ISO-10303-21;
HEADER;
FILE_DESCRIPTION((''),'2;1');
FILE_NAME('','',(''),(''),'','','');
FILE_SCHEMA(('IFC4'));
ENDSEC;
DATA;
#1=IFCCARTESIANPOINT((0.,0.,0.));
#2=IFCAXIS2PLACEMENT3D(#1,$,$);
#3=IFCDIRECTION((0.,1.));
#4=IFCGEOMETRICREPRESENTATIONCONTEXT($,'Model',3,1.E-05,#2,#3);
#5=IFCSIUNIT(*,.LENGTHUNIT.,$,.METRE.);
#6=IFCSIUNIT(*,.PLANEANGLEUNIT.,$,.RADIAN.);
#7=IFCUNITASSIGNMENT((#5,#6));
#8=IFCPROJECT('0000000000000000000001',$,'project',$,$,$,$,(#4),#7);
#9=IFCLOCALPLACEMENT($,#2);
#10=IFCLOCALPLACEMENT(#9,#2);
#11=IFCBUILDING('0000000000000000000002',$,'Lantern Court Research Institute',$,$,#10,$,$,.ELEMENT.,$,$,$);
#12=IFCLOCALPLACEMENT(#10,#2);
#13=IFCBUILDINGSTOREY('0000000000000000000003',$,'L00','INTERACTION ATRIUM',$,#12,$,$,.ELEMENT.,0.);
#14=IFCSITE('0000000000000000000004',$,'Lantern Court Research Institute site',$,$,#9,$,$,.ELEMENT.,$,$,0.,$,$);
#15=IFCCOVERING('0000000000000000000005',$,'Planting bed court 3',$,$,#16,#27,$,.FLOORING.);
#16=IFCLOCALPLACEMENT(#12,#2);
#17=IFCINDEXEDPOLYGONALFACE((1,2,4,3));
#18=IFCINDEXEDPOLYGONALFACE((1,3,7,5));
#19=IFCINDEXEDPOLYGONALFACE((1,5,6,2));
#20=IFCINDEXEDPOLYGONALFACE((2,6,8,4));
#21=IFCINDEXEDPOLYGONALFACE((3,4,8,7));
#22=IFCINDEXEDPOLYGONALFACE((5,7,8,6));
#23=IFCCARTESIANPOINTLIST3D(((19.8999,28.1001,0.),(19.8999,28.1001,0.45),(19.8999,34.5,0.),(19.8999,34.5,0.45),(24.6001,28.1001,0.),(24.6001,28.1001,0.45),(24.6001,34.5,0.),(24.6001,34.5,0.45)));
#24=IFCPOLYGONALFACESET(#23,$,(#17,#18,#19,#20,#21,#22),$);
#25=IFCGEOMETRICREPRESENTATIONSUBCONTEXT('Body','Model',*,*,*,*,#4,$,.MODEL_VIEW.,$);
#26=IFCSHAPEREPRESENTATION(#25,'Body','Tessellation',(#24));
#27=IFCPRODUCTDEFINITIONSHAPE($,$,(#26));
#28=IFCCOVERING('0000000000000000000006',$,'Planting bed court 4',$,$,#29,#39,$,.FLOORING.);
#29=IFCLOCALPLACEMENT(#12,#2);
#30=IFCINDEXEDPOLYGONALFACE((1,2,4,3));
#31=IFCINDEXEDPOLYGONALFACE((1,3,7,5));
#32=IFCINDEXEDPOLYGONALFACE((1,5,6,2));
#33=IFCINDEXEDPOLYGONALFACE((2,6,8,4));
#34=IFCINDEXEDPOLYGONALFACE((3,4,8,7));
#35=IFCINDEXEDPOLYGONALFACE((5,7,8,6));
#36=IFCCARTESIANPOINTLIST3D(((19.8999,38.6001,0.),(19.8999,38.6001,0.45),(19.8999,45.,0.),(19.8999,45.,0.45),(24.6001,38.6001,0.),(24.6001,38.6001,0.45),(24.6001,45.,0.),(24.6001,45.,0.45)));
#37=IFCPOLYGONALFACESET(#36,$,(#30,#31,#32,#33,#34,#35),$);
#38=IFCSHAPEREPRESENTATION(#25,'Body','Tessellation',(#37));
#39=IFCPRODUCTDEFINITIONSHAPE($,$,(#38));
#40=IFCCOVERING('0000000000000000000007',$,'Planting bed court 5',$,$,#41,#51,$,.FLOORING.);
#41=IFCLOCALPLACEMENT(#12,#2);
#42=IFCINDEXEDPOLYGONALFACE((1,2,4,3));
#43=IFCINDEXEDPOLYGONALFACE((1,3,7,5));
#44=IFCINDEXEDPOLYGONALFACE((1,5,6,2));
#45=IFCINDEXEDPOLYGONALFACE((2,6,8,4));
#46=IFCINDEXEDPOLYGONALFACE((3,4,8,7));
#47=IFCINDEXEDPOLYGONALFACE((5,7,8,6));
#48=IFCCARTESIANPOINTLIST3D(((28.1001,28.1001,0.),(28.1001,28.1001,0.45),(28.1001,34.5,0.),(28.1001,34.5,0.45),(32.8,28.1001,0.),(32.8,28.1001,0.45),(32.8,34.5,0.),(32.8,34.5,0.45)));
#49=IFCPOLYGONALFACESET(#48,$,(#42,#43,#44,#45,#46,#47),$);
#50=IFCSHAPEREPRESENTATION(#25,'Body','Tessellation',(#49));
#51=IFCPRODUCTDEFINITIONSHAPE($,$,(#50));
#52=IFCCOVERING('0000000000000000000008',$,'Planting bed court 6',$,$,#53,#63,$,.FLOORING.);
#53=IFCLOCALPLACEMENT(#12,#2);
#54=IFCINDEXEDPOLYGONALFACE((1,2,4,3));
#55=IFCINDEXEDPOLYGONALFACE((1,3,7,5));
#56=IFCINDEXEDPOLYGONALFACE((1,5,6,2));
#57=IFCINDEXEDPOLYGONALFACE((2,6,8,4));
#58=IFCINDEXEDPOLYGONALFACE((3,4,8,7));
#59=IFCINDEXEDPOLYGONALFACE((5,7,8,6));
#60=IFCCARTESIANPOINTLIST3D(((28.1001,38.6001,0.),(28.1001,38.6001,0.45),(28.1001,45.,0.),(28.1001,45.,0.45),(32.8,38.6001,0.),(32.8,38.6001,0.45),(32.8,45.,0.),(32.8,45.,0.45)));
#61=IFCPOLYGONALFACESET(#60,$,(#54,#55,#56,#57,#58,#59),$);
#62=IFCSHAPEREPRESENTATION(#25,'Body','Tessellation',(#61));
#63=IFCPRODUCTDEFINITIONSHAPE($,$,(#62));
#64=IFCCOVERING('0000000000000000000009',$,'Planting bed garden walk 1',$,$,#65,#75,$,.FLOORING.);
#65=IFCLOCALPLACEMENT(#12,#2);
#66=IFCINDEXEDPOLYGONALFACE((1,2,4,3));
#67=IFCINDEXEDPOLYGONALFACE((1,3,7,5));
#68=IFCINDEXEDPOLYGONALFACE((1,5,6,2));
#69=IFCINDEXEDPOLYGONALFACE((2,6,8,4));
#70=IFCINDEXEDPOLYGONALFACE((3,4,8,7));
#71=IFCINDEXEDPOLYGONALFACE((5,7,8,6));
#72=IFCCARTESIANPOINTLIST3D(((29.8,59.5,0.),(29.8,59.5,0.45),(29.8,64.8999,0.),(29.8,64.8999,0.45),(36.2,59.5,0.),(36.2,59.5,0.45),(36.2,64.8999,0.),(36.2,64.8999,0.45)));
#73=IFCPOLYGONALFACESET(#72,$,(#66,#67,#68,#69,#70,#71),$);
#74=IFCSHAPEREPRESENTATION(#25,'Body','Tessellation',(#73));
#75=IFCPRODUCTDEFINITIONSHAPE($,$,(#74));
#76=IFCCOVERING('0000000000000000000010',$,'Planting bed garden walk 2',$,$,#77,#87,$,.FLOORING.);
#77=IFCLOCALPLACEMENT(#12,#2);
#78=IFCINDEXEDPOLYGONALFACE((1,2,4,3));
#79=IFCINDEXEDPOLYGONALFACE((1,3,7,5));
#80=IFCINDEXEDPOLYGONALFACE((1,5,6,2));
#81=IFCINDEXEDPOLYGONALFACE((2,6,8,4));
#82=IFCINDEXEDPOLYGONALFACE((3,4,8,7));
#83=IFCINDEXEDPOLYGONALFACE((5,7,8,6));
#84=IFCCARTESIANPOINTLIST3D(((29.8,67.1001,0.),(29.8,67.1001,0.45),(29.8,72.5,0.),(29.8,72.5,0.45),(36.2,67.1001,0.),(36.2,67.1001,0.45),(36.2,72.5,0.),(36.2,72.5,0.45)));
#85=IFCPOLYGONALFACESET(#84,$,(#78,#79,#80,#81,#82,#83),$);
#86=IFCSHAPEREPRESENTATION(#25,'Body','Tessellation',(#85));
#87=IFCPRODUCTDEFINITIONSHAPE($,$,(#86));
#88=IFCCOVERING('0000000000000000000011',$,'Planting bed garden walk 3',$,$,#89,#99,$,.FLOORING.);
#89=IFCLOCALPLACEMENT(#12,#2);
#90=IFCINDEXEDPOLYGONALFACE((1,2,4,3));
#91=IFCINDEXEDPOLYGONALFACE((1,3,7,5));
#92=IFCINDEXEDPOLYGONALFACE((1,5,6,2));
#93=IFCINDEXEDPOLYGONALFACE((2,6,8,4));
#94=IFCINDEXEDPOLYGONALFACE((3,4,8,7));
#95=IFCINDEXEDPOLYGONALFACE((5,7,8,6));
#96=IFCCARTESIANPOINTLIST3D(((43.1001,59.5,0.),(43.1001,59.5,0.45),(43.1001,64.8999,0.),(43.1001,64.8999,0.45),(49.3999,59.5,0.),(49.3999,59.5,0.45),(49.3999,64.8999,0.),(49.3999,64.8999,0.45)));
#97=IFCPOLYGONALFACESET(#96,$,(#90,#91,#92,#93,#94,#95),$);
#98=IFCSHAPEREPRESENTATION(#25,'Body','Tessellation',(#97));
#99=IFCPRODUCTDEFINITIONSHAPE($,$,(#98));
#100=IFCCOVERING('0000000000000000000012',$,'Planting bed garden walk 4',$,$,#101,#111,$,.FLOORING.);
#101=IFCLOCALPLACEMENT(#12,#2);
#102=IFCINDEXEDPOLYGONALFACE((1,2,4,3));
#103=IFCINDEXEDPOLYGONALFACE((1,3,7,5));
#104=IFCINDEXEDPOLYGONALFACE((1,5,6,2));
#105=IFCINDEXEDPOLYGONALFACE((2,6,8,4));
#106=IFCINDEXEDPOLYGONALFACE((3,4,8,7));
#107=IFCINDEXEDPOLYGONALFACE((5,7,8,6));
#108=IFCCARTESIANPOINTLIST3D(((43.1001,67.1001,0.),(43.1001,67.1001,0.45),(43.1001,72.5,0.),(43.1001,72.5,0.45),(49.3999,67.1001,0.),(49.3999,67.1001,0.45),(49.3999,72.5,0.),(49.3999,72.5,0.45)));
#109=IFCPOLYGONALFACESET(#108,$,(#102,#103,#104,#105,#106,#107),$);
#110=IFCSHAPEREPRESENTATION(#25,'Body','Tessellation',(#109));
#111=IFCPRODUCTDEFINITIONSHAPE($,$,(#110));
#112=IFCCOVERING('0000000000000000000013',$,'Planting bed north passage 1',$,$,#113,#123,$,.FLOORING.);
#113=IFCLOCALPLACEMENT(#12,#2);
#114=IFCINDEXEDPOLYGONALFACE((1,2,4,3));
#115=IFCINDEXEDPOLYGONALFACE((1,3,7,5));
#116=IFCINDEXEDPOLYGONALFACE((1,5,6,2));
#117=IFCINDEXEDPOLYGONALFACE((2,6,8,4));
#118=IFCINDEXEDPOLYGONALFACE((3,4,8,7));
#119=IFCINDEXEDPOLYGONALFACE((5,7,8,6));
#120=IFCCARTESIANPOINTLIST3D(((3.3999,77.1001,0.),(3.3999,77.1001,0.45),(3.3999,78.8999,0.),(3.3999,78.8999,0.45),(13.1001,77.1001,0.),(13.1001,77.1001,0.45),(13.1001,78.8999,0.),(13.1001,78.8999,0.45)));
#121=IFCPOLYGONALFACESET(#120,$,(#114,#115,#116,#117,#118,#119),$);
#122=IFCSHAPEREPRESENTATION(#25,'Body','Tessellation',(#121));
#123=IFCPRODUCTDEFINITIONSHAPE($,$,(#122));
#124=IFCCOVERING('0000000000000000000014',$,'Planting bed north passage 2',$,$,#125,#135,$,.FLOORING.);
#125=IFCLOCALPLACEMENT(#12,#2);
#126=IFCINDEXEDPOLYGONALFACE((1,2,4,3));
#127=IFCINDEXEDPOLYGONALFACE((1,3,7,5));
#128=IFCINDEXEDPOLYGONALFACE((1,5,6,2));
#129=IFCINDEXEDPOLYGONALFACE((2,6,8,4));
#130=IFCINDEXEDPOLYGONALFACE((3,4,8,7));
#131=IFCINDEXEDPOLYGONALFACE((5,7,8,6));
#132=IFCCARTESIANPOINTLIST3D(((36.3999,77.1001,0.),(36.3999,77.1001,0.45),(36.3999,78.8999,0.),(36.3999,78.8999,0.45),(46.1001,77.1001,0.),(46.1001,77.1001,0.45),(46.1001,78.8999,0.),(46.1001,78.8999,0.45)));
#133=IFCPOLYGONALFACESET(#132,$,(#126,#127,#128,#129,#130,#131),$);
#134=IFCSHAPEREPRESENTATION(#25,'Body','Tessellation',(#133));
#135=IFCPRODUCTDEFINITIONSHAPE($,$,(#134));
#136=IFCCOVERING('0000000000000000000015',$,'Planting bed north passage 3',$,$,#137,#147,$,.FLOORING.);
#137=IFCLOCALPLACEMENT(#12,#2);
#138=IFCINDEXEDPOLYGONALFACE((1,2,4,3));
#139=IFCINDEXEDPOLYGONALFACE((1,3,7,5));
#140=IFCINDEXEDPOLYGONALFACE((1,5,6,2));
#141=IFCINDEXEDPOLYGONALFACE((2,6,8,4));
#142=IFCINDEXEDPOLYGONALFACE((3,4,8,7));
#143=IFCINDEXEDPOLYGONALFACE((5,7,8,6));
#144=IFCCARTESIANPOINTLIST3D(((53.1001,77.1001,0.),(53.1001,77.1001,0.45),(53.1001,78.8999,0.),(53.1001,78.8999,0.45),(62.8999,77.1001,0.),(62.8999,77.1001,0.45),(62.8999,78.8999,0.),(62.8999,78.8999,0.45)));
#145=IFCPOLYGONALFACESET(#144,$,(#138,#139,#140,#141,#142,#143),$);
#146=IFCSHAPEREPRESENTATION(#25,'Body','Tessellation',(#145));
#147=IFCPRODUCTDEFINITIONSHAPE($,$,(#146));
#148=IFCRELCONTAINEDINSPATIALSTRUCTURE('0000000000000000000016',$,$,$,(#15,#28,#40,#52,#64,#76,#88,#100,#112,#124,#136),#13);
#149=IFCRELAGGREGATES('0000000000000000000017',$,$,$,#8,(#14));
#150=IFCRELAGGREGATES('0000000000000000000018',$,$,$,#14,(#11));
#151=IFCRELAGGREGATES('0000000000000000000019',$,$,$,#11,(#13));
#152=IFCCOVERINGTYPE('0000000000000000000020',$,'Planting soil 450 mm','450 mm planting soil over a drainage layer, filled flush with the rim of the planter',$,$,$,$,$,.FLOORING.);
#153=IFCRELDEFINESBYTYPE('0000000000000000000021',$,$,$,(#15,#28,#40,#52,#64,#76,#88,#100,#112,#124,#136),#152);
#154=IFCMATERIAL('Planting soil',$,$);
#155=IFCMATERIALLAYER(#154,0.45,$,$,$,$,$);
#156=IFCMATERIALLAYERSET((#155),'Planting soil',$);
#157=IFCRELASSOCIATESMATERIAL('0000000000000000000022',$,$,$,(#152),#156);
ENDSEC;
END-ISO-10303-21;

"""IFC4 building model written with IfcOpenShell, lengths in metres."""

from ifc_helpers import new_model, si_unit, direction, origin, place, context, subcontext, project, spatial, polyline, outline, extrude, material, layer, layer_set, type_object, element, save


model = new_model("IFC4")

# Units and contexts
model_context = context("Model", 3, precision=1e-05, world=origin(), true_north=direction((0.0, 1.0)))
body_context = subcontext(model_context, "Body", "Model", "MODEL_VIEW")
ifc_project = project(units=[si_unit("LENGTHUNIT", "METRE"), si_unit("PLANEANGLEUNIT", "RADIAN")], contexts=[model_context])

# Site, building, storey
site_placement = place(None, origin())
site = spatial("IfcSite", under=ifc_project, at=site_placement, Name="Lantern Court Research Institute site", CompositionType="ELEMENT", RefElevation=0.0)
building_placement = place(site_placement, origin())
building = spatial("IfcBuilding", under=site, at=building_placement, Name="Lantern Court Research Institute", CompositionType="ELEMENT")
storey_placement = place(building_placement, origin())
storey = spatial("IfcBuildingStorey", under=building, at=storey_placement, Name="L00", Description="INTERACTION ATRIUM", CompositionType="ELEMENT", Elevation=0.0)

# Coverings
ifc_material_1 = material(Name="Planting soil")
ifc_layer_1 = layer(ifc_material_1, 0.45)
ifc_layer_set_1 = layer_set([ifc_layer_1], Name="Planting soil")
covering_type_1 = type_object("IfcCoveringType", Name="Planting soil 450 mm", Description="450 mm planting soil over a drainage layer, filled flush with the rim of the planter", PredefinedType="FLOORING", material=ifc_layer_set_1)
covering_1_placement = place(storey_placement, origin())
element("IfcCovering", 1, at=covering_1_placement, inside=storey, type_object=covering_type_1, Name="Planting bed court 3", PredefinedType="FLOORING", context=body_context, shape_type="SweptSolid", body=[
    extrude(outline(polyline([(19.8999, 28.1001), (24.6001, 28.1001), (24.6001, 34.5), (19.8999, 34.5), (19.8999, 28.1001)])), origin(), (0.0, 0.0, 1.0), 0.45),
])
covering_2_placement = place(storey_placement, origin())
element("IfcCovering", 2, at=covering_2_placement, inside=storey, type_object=covering_type_1, Name="Planting bed court 4", PredefinedType="FLOORING", context=body_context, shape_type="SweptSolid", body=[
    extrude(outline(polyline([(19.8999, 38.6001), (24.6001, 38.6001), (24.6001, 45.0), (19.8999, 45.0), (19.8999, 38.6001)])), origin(), (0.0, 0.0, 1.0), 0.45),
])
covering_3_placement = place(storey_placement, origin())
element("IfcCovering", 3, at=covering_3_placement, inside=storey, type_object=covering_type_1, Name="Planting bed court 5", PredefinedType="FLOORING", context=body_context, shape_type="SweptSolid", body=[
    extrude(outline(polyline([(28.1001, 28.1001), (32.8, 28.1001), (32.8, 34.5), (28.1001, 34.5), (28.1001, 28.1001)])), origin(), (0.0, 0.0, 1.0), 0.45),
])
covering_4_placement = place(storey_placement, origin())
element("IfcCovering", 4, at=covering_4_placement, inside=storey, type_object=covering_type_1, Name="Planting bed court 6", PredefinedType="FLOORING", context=body_context, shape_type="SweptSolid", body=[
    extrude(outline(polyline([(28.1001, 38.6001), (32.8, 38.6001), (32.8, 45.0), (28.1001, 45.0), (28.1001, 38.6001)])), origin(), (0.0, 0.0, 1.0), 0.45),
])
covering_5_placement = place(storey_placement, origin())
element("IfcCovering", 5, at=covering_5_placement, inside=storey, type_object=covering_type_1, Name="Planting bed garden walk 1", PredefinedType="FLOORING", context=body_context, shape_type="SweptSolid", body=[
    extrude(outline(polyline([(29.8, 59.5), (36.2, 59.5), (36.2, 64.8999), (29.8, 64.8999), (29.8, 59.5)])), origin(), (0.0, 0.0, 1.0), 0.45),
])
covering_6_placement = place(storey_placement, origin())
element("IfcCovering", 6, at=covering_6_placement, inside=storey, type_object=covering_type_1, Name="Planting bed garden walk 2", PredefinedType="FLOORING", context=body_context, shape_type="SweptSolid", body=[
    extrude(outline(polyline([(29.8, 67.1001), (36.2, 67.1001), (36.2, 72.5), (29.8, 72.5), (29.8, 67.1001)])), origin(), (0.0, 0.0, 1.0), 0.45),
])
covering_7_placement = place(storey_placement, origin())
element("IfcCovering", 7, at=covering_7_placement, inside=storey, type_object=covering_type_1, Name="Planting bed garden walk 3", PredefinedType="FLOORING", context=body_context, shape_type="SweptSolid", body=[
    extrude(outline(polyline([(43.1001, 59.5), (49.3999, 59.5), (49.3999, 64.8999), (43.1001, 64.8999), (43.1001, 59.5)])), origin(), (0.0, 0.0, 1.0), 0.45),
])
covering_8_placement = place(storey_placement, origin())
element("IfcCovering", 8, at=covering_8_placement, inside=storey, type_object=covering_type_1, Name="Planting bed garden walk 4", PredefinedType="FLOORING", context=body_context, shape_type="SweptSolid", body=[
    extrude(outline(polyline([(43.1001, 67.1001), (49.3999, 67.1001), (49.3999, 72.5), (43.1001, 72.5), (43.1001, 67.1001)])), origin(), (0.0, 0.0, 1.0), 0.45),
])
covering_9_placement = place(storey_placement, origin())
element("IfcCovering", 9, at=covering_9_placement, inside=storey, type_object=covering_type_1, Name="Planting bed north passage 1", PredefinedType="FLOORING", context=body_context, shape_type="SweptSolid", body=[
    extrude(outline(polyline([(3.3999, 77.1001), (13.1001, 77.1001), (13.1001, 78.8999), (3.3999, 78.8999), (3.3999, 77.1001)])), origin(), (0.0, 0.0, 1.0), 0.45),
])
covering_10_placement = place(storey_placement, origin())
element("IfcCovering", 10, at=covering_10_placement, inside=storey, type_object=covering_type_1, Name="Planting bed north passage 2", PredefinedType="FLOORING", context=body_context, shape_type="SweptSolid", body=[
    extrude(outline(polyline([(36.3999, 77.1001), (46.1001, 77.1001), (46.1001, 78.8999), (36.3999, 78.8999), (36.3999, 77.1001)])), origin(), (0.0, 0.0, 1.0), 0.45),
])
covering_11_placement = place(storey_placement, origin())
element("IfcCovering", 11, at=covering_11_placement, inside=storey, type_object=covering_type_1, Name="Planting bed north passage 3", PredefinedType="FLOORING", context=body_context, shape_type="SweptSolid", body=[
    extrude(outline(polyline([(53.1001, 77.1001), (62.8999, 77.1001), (62.8999, 78.8999), (53.1001, 78.8999), (53.1001, 77.1001)])), origin(), (0.0, 0.0, 1.0), 0.45),
])

save(model, "model.ifc")
